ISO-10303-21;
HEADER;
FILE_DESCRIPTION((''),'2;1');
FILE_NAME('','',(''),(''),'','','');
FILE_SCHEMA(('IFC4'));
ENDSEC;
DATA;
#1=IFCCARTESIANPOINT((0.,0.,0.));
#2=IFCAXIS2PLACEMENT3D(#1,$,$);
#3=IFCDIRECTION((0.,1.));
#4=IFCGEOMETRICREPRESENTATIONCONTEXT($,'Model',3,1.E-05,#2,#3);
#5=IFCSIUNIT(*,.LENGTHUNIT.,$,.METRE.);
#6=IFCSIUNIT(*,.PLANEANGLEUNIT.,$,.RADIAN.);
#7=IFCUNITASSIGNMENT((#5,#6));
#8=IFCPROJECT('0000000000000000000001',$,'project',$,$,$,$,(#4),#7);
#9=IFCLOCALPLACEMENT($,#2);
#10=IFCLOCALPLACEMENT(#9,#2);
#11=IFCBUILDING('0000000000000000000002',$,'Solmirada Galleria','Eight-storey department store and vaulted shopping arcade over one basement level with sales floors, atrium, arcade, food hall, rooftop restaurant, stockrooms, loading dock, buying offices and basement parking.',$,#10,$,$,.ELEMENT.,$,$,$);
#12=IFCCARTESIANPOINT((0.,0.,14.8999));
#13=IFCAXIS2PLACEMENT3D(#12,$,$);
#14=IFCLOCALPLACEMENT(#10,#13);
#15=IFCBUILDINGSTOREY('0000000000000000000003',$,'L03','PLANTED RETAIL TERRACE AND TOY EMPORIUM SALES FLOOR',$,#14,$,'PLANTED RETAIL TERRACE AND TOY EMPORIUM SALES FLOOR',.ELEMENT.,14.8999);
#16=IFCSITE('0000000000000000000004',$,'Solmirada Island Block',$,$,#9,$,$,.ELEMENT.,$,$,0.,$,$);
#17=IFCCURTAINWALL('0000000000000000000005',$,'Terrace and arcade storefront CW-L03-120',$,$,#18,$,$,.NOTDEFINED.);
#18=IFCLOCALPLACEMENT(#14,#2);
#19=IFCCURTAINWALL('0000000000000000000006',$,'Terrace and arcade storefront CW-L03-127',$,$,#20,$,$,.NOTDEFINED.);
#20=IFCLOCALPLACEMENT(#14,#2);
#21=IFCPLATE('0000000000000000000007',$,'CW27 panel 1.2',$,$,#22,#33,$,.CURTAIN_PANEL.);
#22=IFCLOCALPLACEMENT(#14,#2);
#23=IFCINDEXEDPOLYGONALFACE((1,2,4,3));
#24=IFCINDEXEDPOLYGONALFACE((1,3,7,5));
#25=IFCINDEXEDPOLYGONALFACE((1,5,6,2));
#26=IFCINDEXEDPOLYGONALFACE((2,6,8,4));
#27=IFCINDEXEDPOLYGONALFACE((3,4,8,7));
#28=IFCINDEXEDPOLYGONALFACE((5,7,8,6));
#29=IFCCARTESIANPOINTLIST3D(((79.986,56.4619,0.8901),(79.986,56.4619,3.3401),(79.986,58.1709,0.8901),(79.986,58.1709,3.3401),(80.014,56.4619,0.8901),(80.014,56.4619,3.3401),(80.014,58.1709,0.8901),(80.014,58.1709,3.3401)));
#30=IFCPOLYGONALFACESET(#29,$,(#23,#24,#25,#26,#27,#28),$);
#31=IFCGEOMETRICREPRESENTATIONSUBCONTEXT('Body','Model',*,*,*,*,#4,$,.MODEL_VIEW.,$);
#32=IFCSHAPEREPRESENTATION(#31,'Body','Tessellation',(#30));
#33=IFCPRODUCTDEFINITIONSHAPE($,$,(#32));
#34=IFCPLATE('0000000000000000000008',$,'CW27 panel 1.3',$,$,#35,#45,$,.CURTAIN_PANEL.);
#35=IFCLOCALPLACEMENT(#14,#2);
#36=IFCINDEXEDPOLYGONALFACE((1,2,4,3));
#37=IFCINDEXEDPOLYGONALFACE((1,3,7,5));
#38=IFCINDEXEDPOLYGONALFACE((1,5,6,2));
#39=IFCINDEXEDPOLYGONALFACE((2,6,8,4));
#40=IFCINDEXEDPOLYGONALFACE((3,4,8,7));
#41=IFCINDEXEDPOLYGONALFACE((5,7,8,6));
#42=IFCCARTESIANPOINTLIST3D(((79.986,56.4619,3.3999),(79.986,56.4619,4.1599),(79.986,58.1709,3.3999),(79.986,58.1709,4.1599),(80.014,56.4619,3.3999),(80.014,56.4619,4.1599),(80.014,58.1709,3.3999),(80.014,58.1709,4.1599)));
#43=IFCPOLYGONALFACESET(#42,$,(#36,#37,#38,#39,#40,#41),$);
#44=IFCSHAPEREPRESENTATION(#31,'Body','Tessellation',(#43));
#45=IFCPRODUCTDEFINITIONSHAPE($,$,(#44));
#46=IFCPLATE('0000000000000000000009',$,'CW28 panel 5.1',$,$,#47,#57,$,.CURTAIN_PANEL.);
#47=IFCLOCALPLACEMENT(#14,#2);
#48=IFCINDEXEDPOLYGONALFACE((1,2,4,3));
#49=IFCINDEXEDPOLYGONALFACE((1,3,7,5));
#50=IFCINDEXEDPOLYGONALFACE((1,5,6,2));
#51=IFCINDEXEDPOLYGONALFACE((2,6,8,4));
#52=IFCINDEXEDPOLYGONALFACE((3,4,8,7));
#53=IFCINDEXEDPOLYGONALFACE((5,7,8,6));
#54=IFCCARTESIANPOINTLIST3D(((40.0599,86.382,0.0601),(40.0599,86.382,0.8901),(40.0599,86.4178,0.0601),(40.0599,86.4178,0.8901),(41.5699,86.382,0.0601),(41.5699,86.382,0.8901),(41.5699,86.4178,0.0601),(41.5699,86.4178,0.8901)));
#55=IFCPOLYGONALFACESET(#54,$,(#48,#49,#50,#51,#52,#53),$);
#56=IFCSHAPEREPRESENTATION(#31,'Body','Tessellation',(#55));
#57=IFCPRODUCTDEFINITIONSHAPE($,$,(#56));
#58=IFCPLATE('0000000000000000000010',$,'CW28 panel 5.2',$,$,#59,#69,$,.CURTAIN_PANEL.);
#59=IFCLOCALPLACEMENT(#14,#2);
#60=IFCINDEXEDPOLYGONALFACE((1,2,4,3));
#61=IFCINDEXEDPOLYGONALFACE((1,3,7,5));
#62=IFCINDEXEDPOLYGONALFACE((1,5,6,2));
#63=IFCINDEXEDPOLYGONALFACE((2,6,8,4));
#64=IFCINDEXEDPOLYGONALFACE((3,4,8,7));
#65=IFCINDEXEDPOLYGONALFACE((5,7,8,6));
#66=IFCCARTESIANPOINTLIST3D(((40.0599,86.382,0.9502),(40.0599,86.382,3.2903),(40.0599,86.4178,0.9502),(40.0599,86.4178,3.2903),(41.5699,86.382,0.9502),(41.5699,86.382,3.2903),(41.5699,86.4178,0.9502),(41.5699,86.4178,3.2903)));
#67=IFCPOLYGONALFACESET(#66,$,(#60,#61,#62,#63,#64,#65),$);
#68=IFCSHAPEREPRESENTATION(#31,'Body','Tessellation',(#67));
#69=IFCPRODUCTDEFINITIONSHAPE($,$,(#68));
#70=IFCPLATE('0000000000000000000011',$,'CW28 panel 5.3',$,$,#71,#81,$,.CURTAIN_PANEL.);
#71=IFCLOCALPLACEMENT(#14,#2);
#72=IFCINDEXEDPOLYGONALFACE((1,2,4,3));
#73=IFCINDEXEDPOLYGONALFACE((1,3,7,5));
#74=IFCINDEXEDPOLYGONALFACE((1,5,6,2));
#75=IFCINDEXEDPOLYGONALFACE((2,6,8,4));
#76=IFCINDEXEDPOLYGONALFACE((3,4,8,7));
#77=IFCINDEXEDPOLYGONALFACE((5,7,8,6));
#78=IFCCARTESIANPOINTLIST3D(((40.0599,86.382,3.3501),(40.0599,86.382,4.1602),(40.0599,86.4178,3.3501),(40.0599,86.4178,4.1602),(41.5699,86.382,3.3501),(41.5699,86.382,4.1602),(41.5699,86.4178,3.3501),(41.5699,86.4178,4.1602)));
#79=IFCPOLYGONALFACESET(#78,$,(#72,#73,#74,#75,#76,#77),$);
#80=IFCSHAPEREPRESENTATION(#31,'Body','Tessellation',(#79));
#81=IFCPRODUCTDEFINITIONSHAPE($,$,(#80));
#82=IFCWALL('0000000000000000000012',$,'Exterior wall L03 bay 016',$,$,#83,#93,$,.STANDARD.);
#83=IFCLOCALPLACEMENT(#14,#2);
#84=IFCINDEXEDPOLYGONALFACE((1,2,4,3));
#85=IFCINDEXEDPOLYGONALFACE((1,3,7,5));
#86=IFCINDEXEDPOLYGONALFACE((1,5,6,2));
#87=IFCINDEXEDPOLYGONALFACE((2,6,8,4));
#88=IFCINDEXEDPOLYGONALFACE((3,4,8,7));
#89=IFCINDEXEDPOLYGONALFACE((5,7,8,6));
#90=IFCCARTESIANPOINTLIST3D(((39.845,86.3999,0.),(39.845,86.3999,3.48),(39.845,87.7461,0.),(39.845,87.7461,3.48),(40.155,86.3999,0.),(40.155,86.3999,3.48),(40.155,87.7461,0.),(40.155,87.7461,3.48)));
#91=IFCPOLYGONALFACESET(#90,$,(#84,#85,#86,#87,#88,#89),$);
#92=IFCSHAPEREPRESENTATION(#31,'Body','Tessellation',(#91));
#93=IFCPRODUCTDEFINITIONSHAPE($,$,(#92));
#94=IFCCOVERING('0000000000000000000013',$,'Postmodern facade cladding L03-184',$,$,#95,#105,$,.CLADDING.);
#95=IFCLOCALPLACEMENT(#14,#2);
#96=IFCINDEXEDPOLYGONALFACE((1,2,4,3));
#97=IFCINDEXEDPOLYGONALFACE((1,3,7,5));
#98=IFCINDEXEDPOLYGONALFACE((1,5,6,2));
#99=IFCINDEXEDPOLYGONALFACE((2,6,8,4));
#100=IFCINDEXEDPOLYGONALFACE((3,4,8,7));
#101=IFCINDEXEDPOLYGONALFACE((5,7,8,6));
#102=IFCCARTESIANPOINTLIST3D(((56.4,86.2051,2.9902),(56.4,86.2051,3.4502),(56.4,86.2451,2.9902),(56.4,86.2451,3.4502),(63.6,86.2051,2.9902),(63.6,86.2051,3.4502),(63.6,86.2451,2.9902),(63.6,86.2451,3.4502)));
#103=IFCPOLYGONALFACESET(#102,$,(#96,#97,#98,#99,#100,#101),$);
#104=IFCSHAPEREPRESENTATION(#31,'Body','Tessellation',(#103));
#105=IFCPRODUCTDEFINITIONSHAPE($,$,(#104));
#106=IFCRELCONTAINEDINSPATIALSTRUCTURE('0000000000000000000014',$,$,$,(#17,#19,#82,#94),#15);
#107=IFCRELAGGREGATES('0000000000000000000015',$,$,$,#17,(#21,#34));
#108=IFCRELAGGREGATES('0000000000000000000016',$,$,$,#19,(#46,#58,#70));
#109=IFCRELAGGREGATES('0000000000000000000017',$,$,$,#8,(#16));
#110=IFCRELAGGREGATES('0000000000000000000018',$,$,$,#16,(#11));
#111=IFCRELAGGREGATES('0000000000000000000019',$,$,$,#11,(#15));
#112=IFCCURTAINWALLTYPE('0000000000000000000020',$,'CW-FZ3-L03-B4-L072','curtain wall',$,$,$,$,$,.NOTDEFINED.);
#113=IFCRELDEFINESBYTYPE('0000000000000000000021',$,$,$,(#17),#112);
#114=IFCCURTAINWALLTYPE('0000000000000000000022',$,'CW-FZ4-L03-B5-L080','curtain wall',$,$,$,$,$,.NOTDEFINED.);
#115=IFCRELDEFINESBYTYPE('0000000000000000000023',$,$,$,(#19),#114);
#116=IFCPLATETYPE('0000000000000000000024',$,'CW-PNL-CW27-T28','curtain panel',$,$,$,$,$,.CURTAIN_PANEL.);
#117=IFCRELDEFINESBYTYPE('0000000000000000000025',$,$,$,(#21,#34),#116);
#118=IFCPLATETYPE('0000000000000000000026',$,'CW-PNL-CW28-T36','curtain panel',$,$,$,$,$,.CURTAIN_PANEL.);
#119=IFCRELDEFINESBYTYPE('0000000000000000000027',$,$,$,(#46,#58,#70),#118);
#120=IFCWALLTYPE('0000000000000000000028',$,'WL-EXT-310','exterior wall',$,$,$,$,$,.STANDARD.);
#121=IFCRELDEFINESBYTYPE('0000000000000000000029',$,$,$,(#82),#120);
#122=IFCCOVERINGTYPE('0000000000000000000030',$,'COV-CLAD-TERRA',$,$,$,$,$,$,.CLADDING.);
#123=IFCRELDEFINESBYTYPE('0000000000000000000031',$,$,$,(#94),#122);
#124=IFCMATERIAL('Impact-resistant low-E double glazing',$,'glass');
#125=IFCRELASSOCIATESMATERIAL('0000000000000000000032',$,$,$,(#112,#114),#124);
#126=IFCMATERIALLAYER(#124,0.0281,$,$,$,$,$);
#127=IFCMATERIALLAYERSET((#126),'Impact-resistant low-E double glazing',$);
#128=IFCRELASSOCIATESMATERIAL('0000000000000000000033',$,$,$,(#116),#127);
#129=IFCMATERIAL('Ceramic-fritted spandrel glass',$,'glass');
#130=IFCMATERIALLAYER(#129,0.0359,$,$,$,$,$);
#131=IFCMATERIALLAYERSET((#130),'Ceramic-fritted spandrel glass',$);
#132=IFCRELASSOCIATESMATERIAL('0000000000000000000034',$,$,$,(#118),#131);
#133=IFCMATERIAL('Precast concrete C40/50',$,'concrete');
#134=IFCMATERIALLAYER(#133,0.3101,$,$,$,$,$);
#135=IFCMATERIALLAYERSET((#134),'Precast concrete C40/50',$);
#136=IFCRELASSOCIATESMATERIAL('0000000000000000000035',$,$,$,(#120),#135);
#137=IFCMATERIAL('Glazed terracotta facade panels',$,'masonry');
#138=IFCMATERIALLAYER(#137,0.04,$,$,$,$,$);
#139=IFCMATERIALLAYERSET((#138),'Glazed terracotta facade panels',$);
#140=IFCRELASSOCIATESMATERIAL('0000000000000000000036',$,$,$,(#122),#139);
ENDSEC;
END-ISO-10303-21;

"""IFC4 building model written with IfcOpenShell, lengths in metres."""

from ifc_helpers import new_model, si_unit, direction, frame, frame_2d, origin, origin_2d, place, context, subcontext, project, spatial, rectangle, extrude, material, layer, layer_set, type_object, element, aggregate, save


model = new_model("IFC4")

# Units and contexts
model_context = context("Model", 3, precision=1e-05, world=origin(), true_north=direction((0.0, 1.0)))
body_context = subcontext(model_context, "Body", "Model", "MODEL_VIEW")
ifc_project = project(units=[si_unit("LENGTHUNIT", "METRE"), si_unit("PLANEANGLEUNIT", "RADIAN")], contexts=[model_context])

# Site, building, storey
site_placement = place(None, origin())
site = spatial("IfcSite", under=ifc_project, at=site_placement, Name="Solmirada Island Block", CompositionType="ELEMENT", RefElevation=0.0)
building_placement = place(site_placement, origin())
building = spatial("IfcBuilding", under=site, at=building_placement, Name="Solmirada Galleria", Description="Eight-storey department store and vaulted shopping arcade over one basement level with sales floors, atrium, arcade, food hall, rooftop restaurant, stockrooms, loading dock, buying offices and basement parking.", CompositionType="ELEMENT")
storey_placement = place(building_placement, frame((0.0, 0.0, 14.8999)))
storey = spatial("IfcBuildingStorey", under=building, at=storey_placement, Name="L03", Description="PLANTED RETAIL TERRACE AND TOY EMPORIUM SALES FLOOR", LongName="PLANTED RETAIL TERRACE AND TOY EMPORIUM SALES FLOOR", CompositionType="ELEMENT", Elevation=14.8999)

# Shared definitions
ifc_material_1 = material(Name="Impact-resistant low-E double glazing", Category="glass")
curtain_wall_type_1 = type_object("IfcCurtainWallType", Name="CW-FZ3-L03-B4-L072", Description="curtain wall", PredefinedType="NOTDEFINED", material=ifc_material_1)

# Curtain walls
curtain_wall_1_placement = place(storey_placement, origin())
curtain_wall_1 = element("IfcCurtainWall", 1, at=curtain_wall_1_placement, inside=storey, type_object=curtain_wall_type_1, Name="Terrace and arcade storefront CW-L03-120", PredefinedType="NOTDEFINED")
curtain_wall_type_2 = type_object("IfcCurtainWallType", Name="CW-FZ4-L03-B5-L080", Description="curtain wall", PredefinedType="NOTDEFINED", material=ifc_material_1)
curtain_wall_2_placement = place(storey_placement, origin())
curtain_wall_2 = element("IfcCurtainWall", 2, at=curtain_wall_2_placement, inside=storey, type_object=curtain_wall_type_2, Name="Terrace and arcade storefront CW-L03-127", PredefinedType="NOTDEFINED")

# Plates
ifc_layer_1 = layer(ifc_material_1, 0.0281)
ifc_layer_set_1 = layer_set([ifc_layer_1], Name="Impact-resistant low-E double glazing")
plate_type_1 = type_object("IfcPlateType", Name="CW-PNL-CW27-T28", Description="curtain panel", PredefinedType="CURTAIN_PANEL", material=ifc_layer_set_1)
plate_1_placement = place(storey_placement, frame((80.0, 57.3164, 0.8901), z_axis=(0.0, 0.0, 1.0), x_axis=(0.0, 1.0, 0.0)))
plate_1 = element("IfcPlate", 3, at=plate_1_placement, type_object=plate_type_1, Name="CW27 panel 1.2", PredefinedType="CURTAIN_PANEL", context=body_context, shape_type="SweptSolid", body=[
    extrude(rectangle(XDim=1.709, YDim=0.0281, at=origin_2d()), origin(), (0.0, 0.0, 1.0), 2.45),
])
plate_2_placement = place(storey_placement, frame((80.0, 57.3164, 3.3999), z_axis=(0.0, 0.0, 1.0), x_axis=(0.0, 1.0, 0.0)))
plate_2 = element("IfcPlate", 4, at=plate_2_placement, type_object=plate_type_1, Name="CW27 panel 1.3", PredefinedType="CURTAIN_PANEL", context=body_context, shape_type="SweptSolid", body=[
    extrude(rectangle(XDim=1.709, YDim=0.0281, at=origin_2d()), origin(), (0.0, 0.0, 1.0), 0.76),
])
aggregate(curtain_wall_1, [plate_1, plate_2])
ifc_material_2 = material(Name="Ceramic-fritted spandrel glass", Category="glass")
ifc_layer_2 = layer(ifc_material_2, 0.0359)
ifc_layer_set_2 = layer_set([ifc_layer_2], Name="Ceramic-fritted spandrel glass")
plate_type_2 = type_object("IfcPlateType", Name="CW-PNL-CW28-T36", Description="curtain panel", PredefinedType="CURTAIN_PANEL", material=ifc_layer_set_2)
plate_3_placement = place(storey_placement, frame((40.8149, 86.3999, 0.0601), z_axis=(0.0, 0.0, 1.0), x_axis=(-1.0, 0.0, 0.0)))
plate_3 = element("IfcPlate", 5, at=plate_3_placement, type_object=plate_type_2, Name="CW28 panel 5.1", PredefinedType="CURTAIN_PANEL", context=body_context, shape_type="SweptSolid", body=[
    extrude(rectangle(XDim=1.51, YDim=0.0359, at=origin_2d()), origin(), (0.0, 0.0, 1.0), 0.8301),
])
plate_4_placement = place(storey_placement, frame((40.8149, 86.3999, 0.9502), z_axis=(0.0, 0.0, 1.0), x_axis=(-1.0, 0.0, 0.0)))
plate_4 = element("IfcPlate", 6, at=plate_4_placement, type_object=plate_type_2, Name="CW28 panel 5.2", PredefinedType="CURTAIN_PANEL", context=body_context, shape_type="SweptSolid", body=[
    extrude(rectangle(XDim=1.51, YDim=0.0359, at=origin_2d()), origin(), (0.0, 0.0, 1.0), 2.3401),
])
plate_5_placement = place(storey_placement, frame((40.8149, 86.3999, 3.3501), z_axis=(0.0, 0.0, 1.0), x_axis=(-1.0, 0.0, 0.0)))
plate_5 = element("IfcPlate", 7, at=plate_5_placement, type_object=plate_type_2, Name="CW28 panel 5.3", PredefinedType="CURTAIN_PANEL", context=body_context, shape_type="SweptSolid", body=[
    extrude(rectangle(XDim=1.51, YDim=0.0359, at=origin_2d()), origin(), (0.0, 0.0, 1.0), 0.8101),
])
aggregate(curtain_wall_2, [plate_3, plate_4, plate_5])

# Wall
ifc_material_3 = material(Name="Precast concrete C40/50", Category="concrete")
ifc_layer_3 = layer(ifc_material_3, 0.3101)
ifc_layer_set_3 = layer_set([ifc_layer_3], Name="Precast concrete C40/50")
wall_type = type_object("IfcWallType", Name="WL-EXT-310", Description="exterior wall", PredefinedType="STANDARD", material=ifc_layer_set_3)
wall_placement = place(storey_placement, frame((40.0, 86.3999, 0.0), z_axis=(0.0, 0.0, 1.0), x_axis=(0.0, 1.0, 0.0)))
element("IfcWall", 8, at=wall_placement, inside=storey, type_object=wall_type, Name="Exterior wall L03 bay 016", PredefinedType="STANDARD", context=body_context, shape_type="SweptSolid", body=[
    extrude(rectangle(XDim=1.3462, YDim=0.3101, at=frame_2d((0.6731, 0.0))), origin(), (0.0, 0.0, 1.0), 3.48),
])

# Covering
ifc_material_4 = material(Name="Glazed terracotta facade panels", Category="masonry")
ifc_layer_4 = layer(ifc_material_4, 0.04)
ifc_layer_set_4 = layer_set([ifc_layer_4], Name="Glazed terracotta facade panels")
covering_type = type_object("IfcCoveringType", Name="COV-CLAD-TERRA", PredefinedType="CLADDING", material=ifc_layer_set_4)
covering_placement = place(storey_placement, frame((60.0, 86.2251, 2.9902), z_axis=(0.0, 0.0, 1.0), x_axis=(-1.0, 0.0, 0.0)))
element("IfcCovering", 9, at=covering_placement, inside=storey, type_object=covering_type, Name="Postmodern facade cladding L03-184", PredefinedType="CLADDING", context=body_context, shape_type="SweptSolid", body=[
    extrude(rectangle(XDim=7.2, YDim=0.04, at=origin_2d()), origin(), (0.0, 0.0, 1.0), 0.46),
])

save(model, "model.ifc")
